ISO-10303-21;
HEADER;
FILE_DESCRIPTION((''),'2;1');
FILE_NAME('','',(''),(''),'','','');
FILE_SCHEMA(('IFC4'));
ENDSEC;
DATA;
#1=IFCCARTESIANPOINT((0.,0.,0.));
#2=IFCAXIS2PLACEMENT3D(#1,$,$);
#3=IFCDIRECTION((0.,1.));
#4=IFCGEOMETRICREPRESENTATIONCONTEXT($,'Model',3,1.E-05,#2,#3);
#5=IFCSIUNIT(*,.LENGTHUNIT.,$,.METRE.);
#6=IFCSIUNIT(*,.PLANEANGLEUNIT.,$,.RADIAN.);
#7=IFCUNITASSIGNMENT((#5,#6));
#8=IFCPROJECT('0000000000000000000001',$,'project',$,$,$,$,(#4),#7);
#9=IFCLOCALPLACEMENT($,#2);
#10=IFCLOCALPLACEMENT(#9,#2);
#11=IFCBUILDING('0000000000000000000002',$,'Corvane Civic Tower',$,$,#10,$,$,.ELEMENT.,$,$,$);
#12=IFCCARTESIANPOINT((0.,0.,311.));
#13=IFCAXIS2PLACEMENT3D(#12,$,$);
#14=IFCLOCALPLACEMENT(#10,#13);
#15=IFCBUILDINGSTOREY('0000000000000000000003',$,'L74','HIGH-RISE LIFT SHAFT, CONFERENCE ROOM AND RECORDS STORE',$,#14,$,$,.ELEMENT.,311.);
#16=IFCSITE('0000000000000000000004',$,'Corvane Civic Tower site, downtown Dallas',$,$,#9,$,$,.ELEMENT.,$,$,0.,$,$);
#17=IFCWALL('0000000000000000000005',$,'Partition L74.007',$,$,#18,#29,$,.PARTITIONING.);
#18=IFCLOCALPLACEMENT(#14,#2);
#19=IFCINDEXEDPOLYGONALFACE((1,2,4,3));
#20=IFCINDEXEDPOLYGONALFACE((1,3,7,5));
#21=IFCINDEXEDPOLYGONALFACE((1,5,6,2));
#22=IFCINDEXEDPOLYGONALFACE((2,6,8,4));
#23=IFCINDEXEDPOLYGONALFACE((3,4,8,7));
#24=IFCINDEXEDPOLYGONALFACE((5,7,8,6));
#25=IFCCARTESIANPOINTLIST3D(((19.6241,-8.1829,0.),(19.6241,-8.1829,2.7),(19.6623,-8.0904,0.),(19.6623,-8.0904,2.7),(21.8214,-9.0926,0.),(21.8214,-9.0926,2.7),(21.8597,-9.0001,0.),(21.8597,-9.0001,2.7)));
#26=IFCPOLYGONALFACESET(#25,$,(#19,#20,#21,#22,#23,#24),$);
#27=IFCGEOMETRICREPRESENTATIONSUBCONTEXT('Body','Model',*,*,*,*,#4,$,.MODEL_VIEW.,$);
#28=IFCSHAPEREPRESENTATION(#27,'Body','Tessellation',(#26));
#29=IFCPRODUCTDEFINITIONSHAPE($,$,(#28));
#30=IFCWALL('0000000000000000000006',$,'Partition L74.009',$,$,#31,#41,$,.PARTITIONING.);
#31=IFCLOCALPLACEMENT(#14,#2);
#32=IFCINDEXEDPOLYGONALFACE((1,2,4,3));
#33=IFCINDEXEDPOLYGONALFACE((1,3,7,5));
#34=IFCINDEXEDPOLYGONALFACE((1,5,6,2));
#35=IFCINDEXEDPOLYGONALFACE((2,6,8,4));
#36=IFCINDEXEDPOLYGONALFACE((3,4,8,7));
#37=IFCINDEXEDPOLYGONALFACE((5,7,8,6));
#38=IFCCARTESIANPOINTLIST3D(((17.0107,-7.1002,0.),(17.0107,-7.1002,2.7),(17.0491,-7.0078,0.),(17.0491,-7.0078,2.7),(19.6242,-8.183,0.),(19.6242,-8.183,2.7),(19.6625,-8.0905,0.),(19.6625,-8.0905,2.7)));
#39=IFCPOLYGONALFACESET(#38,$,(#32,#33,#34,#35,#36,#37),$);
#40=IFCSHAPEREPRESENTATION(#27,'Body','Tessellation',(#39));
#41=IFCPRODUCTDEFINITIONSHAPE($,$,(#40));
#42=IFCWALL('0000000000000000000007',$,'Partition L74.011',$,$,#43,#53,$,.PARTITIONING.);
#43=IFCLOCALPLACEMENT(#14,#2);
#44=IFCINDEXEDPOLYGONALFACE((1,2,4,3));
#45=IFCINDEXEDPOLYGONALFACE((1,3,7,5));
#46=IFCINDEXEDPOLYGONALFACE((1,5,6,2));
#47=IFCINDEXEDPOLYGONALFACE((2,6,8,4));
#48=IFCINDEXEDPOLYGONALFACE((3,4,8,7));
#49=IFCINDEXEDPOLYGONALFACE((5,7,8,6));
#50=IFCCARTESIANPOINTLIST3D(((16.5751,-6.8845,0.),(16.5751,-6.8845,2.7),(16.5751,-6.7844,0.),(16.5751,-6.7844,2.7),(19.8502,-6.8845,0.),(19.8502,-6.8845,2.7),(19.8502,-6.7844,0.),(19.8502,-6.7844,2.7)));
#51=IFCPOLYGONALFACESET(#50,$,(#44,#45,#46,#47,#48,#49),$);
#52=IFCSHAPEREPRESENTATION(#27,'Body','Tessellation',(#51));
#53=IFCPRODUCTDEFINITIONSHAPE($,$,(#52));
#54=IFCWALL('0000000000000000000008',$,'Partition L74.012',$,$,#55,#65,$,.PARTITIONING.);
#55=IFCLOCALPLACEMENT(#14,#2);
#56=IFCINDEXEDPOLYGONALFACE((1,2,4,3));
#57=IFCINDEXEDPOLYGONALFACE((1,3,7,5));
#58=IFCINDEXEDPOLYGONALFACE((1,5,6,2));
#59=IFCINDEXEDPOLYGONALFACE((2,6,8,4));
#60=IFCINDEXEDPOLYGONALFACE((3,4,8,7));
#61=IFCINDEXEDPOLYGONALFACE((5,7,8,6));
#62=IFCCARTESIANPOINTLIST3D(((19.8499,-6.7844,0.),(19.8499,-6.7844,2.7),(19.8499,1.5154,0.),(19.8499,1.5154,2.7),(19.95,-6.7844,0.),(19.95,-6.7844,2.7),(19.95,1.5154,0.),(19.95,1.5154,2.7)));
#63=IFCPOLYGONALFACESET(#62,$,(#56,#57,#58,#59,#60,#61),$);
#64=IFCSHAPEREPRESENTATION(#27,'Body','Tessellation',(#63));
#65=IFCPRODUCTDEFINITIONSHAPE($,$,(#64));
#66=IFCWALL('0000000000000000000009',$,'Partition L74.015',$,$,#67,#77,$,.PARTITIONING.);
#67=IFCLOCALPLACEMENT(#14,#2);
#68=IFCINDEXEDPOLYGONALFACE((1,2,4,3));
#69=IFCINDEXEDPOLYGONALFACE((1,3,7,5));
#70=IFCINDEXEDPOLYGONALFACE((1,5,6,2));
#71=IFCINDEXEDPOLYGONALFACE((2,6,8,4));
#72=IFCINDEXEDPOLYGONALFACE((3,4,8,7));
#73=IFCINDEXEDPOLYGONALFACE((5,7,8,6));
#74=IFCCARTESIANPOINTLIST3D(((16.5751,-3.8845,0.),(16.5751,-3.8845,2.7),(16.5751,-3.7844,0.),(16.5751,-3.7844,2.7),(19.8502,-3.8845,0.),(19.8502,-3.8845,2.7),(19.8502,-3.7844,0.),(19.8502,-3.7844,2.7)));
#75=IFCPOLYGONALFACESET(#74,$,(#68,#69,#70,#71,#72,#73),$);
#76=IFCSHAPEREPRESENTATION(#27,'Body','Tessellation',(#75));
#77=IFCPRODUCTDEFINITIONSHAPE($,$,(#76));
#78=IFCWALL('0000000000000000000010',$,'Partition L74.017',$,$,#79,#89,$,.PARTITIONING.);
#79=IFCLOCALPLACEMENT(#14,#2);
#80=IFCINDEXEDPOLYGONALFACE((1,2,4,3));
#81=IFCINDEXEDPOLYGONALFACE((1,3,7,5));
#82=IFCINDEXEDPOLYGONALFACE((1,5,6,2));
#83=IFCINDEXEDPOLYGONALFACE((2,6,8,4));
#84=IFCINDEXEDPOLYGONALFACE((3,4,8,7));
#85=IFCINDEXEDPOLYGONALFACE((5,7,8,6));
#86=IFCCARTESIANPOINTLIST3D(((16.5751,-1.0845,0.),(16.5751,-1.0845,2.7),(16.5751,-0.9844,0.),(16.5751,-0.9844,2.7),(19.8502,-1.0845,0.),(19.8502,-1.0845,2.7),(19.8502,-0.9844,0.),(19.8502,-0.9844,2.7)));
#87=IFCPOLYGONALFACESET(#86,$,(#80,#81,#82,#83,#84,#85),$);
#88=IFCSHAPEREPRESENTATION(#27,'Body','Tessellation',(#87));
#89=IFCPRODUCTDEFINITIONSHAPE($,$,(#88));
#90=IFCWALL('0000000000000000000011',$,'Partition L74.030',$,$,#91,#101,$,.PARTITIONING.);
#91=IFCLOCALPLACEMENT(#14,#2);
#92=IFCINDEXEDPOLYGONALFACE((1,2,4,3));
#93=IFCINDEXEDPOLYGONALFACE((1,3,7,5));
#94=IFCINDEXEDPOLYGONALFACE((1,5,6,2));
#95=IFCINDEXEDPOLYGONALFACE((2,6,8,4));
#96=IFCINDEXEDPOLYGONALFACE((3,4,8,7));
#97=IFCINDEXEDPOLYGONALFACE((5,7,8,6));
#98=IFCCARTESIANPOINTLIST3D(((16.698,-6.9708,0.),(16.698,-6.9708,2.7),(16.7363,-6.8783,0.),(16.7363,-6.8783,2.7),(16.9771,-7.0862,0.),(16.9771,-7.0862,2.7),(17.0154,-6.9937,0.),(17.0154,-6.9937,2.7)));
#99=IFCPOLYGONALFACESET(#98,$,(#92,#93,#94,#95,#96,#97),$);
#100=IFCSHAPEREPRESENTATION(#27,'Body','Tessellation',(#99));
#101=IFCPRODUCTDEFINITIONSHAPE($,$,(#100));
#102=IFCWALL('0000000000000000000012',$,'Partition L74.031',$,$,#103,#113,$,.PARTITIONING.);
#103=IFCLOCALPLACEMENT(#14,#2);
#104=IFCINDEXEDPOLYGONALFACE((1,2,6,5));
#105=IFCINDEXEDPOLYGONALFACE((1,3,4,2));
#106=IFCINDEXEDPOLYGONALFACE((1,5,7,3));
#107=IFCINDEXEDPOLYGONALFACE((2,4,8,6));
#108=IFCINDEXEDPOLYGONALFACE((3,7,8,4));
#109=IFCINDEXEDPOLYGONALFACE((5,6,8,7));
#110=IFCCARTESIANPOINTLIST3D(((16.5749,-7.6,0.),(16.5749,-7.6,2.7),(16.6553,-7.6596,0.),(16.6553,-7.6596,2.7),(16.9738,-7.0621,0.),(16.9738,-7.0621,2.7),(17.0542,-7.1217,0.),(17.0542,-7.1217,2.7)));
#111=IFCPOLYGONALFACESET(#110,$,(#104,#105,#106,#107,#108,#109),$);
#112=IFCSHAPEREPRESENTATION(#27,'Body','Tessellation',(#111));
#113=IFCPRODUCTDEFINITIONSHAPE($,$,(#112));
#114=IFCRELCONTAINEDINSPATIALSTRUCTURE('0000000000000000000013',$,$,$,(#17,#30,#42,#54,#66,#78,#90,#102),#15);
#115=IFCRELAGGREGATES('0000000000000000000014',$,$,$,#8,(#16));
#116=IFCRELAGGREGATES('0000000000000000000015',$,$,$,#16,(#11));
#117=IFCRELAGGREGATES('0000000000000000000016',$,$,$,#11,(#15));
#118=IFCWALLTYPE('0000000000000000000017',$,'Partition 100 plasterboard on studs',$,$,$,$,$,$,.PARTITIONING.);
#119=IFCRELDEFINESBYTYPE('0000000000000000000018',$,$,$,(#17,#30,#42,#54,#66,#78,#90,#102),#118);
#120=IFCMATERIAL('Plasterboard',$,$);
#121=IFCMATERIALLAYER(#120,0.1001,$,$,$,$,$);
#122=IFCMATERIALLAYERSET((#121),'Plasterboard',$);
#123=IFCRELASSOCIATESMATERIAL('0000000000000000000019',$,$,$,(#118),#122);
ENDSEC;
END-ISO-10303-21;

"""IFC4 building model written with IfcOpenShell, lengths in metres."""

from ifc_helpers import new_model, si_unit, direction, frame, frame_2d, origin, place, context, subcontext, project, spatial, rectangle, extrude, material, layer, layer_set, type_object, element, save


model = new_model("IFC4")

# Units and contexts
model_context = context("Model", 3, precision=1e-05, world=origin(), true_north=direction((0.0, 1.0)))
body_context = subcontext(model_context, "Body", "Model", "MODEL_VIEW")
ifc_project = project(units=[si_unit("LENGTHUNIT", "METRE"), si_unit("PLANEANGLEUNIT", "RADIAN")], contexts=[model_context])

# Site, building, storey
site_placement = place(None, origin())
site = spatial("IfcSite", under=ifc_project, at=site_placement, Name="Corvane Civic Tower site, downtown Dallas", CompositionType="ELEMENT", RefElevation=0.0)
building_placement = place(site_placement, origin())
building = spatial("IfcBuilding", under=site, at=building_placement, Name="Corvane Civic Tower", CompositionType="ELEMENT")
storey_placement = place(building_placement, frame((0.0, 0.0, 311.0)))
storey = spatial("IfcBuildingStorey", under=building, at=storey_placement, Name="L74", Description="HIGH-RISE LIFT SHAFT, CONFERENCE ROOM AND RECORDS STORE", CompositionType="ELEMENT", Elevation=311.0)

# Walls
ifc_material_1 = material(Name="Plasterboard")
ifc_layer_1 = layer(ifc_material_1, 0.1001)
ifc_layer_set_1 = layer_set([ifc_layer_1], Name="Plasterboard")
wall_type_1 = type_object("IfcWallType", Name="Partition 100 plasterboard on studs", PredefinedType="PARTITIONING", material=ifc_layer_set_1)
wall_1_placement = place(storey_placement, frame((19.6433, -8.1367, 0.0), z_axis=(0.0, 0.0, 1.0), x_axis=(0.923949, -0.382515, 0.0)))
element("IfcWall", 1, at=wall_1_placement, inside=storey, type_object=wall_type_1, Name="Partition L74.007", PredefinedType="PARTITIONING", context=body_context, shape_type="SweptSolid", body=[
    extrude(rectangle(XDim=2.3782, YDim=0.1001, at=frame_2d((1.189, 0.0))), origin(), (0.0, 0.0, 1.0), 2.7),
])
wall_2_placement = place(storey_placement, frame((17.0298, -7.054, 0.0), z_axis=(0.0, 0.0, 1.0), x_axis=(0.923854, -0.382746, 0.0)))
element("IfcWall", 2, at=wall_2_placement, inside=storey, type_object=wall_type_1, Name="Partition L74.009", PredefinedType="PARTITIONING", context=body_context, shape_type="SweptSolid", body=[
    extrude(rectangle(XDim=2.8289, YDim=0.1001, at=frame_2d((1.4146, 0.0))), origin(), (0.0, 0.0, 1.0), 2.7),
])
wall_3_placement = place(storey_placement, frame((16.575, -6.8345, 0.0), z_axis=(0.0, 0.0, 1.0), x_axis=(1.0, 0.0, 0.0)))
element("IfcWall", 3, at=wall_3_placement, inside=storey, type_object=wall_type_1, Name="Partition L74.011", PredefinedType="PARTITIONING", context=body_context, shape_type="SweptSolid", body=[
    extrude(rectangle(XDim=3.2751, YDim=0.1001, at=frame_2d((1.6377, 0.0))), origin(), (0.0, 0.0, 1.0), 2.7),
])
wall_4_placement = place(storey_placement, frame((19.8999, -6.7844, 0.0), z_axis=(0.0, 0.0, 1.0), x_axis=(0.0, 1.0, 0.0)))
element("IfcWall", 4, at=wall_4_placement, inside=storey, type_object=wall_type_1, Name="Partition L74.012", PredefinedType="PARTITIONING", context=body_context, shape_type="SweptSolid", body=[
    extrude(rectangle(XDim=8.2998, YDim=0.1001, at=frame_2d((4.1499, 0.0))), origin(), (0.0, 0.0, 1.0), 2.7),
])
for number, where, z_axis, x_axis, name in (
    (5, (16.575, -3.8345, 0.0), (0.0, 0.0, 1.0), (1.0, 0.0, 0.0), "Partition L74.015"),
    (6, (16.575, -1.0344, 0.0), (0.0, 0.0, 1.0), (1.0, 0.0, 0.0), "Partition L74.017"),
):
    element("IfcWall", number, at=place(storey_placement, frame(where, z_axis=z_axis, x_axis=x_axis)), inside=storey, type_object=wall_type_1, Name=name, PredefinedType="PARTITIONING", context=body_context, shape_type="SweptSolid", body=[
        extrude(rectangle(XDim=3.2751, YDim=0.1001, at=frame_2d((1.6377, 0.0))), origin(), (0.0, 0.0, 1.0), 2.7),
    ])
wall_5_placement = place(storey_placement, frame((16.7173, -6.9246, 0.0), z_axis=(0.0, 0.0, 1.0), x_axis=(0.924007, -0.382376, 0.0)))
element("IfcWall", 7, at=wall_5_placement, inside=storey, type_object=wall_type_1, Name="Partition L74.030", PredefinedType="PARTITIONING", context=body_context, shape_type="SweptSolid", body=[
    extrude(rectangle(XDim=0.302, YDim=0.1001, at=frame_2d((0.1509, 0.0))), origin(), (0.0, 0.0, 1.0), 2.7),
])
wall_6_placement = place(storey_placement, frame((16.615, -7.6299, 0.0), z_axis=(0.0, 0.0, 1.0), x_axis=(0.595733, 0.803182, 0.0)))
element("IfcWall", 8, at=wall_6_placement, inside=storey, type_object=wall_type_1, Name="Partition L74.031", PredefinedType="PARTITIONING", context=body_context, shape_type="SweptSolid", body=[
    extrude(rectangle(XDim=0.6697, YDim=0.1001, at=frame_2d((0.335, 0.0))), origin(), (0.0, 0.0, 1.0), 2.7),
])

save(model, "model.ifc")
